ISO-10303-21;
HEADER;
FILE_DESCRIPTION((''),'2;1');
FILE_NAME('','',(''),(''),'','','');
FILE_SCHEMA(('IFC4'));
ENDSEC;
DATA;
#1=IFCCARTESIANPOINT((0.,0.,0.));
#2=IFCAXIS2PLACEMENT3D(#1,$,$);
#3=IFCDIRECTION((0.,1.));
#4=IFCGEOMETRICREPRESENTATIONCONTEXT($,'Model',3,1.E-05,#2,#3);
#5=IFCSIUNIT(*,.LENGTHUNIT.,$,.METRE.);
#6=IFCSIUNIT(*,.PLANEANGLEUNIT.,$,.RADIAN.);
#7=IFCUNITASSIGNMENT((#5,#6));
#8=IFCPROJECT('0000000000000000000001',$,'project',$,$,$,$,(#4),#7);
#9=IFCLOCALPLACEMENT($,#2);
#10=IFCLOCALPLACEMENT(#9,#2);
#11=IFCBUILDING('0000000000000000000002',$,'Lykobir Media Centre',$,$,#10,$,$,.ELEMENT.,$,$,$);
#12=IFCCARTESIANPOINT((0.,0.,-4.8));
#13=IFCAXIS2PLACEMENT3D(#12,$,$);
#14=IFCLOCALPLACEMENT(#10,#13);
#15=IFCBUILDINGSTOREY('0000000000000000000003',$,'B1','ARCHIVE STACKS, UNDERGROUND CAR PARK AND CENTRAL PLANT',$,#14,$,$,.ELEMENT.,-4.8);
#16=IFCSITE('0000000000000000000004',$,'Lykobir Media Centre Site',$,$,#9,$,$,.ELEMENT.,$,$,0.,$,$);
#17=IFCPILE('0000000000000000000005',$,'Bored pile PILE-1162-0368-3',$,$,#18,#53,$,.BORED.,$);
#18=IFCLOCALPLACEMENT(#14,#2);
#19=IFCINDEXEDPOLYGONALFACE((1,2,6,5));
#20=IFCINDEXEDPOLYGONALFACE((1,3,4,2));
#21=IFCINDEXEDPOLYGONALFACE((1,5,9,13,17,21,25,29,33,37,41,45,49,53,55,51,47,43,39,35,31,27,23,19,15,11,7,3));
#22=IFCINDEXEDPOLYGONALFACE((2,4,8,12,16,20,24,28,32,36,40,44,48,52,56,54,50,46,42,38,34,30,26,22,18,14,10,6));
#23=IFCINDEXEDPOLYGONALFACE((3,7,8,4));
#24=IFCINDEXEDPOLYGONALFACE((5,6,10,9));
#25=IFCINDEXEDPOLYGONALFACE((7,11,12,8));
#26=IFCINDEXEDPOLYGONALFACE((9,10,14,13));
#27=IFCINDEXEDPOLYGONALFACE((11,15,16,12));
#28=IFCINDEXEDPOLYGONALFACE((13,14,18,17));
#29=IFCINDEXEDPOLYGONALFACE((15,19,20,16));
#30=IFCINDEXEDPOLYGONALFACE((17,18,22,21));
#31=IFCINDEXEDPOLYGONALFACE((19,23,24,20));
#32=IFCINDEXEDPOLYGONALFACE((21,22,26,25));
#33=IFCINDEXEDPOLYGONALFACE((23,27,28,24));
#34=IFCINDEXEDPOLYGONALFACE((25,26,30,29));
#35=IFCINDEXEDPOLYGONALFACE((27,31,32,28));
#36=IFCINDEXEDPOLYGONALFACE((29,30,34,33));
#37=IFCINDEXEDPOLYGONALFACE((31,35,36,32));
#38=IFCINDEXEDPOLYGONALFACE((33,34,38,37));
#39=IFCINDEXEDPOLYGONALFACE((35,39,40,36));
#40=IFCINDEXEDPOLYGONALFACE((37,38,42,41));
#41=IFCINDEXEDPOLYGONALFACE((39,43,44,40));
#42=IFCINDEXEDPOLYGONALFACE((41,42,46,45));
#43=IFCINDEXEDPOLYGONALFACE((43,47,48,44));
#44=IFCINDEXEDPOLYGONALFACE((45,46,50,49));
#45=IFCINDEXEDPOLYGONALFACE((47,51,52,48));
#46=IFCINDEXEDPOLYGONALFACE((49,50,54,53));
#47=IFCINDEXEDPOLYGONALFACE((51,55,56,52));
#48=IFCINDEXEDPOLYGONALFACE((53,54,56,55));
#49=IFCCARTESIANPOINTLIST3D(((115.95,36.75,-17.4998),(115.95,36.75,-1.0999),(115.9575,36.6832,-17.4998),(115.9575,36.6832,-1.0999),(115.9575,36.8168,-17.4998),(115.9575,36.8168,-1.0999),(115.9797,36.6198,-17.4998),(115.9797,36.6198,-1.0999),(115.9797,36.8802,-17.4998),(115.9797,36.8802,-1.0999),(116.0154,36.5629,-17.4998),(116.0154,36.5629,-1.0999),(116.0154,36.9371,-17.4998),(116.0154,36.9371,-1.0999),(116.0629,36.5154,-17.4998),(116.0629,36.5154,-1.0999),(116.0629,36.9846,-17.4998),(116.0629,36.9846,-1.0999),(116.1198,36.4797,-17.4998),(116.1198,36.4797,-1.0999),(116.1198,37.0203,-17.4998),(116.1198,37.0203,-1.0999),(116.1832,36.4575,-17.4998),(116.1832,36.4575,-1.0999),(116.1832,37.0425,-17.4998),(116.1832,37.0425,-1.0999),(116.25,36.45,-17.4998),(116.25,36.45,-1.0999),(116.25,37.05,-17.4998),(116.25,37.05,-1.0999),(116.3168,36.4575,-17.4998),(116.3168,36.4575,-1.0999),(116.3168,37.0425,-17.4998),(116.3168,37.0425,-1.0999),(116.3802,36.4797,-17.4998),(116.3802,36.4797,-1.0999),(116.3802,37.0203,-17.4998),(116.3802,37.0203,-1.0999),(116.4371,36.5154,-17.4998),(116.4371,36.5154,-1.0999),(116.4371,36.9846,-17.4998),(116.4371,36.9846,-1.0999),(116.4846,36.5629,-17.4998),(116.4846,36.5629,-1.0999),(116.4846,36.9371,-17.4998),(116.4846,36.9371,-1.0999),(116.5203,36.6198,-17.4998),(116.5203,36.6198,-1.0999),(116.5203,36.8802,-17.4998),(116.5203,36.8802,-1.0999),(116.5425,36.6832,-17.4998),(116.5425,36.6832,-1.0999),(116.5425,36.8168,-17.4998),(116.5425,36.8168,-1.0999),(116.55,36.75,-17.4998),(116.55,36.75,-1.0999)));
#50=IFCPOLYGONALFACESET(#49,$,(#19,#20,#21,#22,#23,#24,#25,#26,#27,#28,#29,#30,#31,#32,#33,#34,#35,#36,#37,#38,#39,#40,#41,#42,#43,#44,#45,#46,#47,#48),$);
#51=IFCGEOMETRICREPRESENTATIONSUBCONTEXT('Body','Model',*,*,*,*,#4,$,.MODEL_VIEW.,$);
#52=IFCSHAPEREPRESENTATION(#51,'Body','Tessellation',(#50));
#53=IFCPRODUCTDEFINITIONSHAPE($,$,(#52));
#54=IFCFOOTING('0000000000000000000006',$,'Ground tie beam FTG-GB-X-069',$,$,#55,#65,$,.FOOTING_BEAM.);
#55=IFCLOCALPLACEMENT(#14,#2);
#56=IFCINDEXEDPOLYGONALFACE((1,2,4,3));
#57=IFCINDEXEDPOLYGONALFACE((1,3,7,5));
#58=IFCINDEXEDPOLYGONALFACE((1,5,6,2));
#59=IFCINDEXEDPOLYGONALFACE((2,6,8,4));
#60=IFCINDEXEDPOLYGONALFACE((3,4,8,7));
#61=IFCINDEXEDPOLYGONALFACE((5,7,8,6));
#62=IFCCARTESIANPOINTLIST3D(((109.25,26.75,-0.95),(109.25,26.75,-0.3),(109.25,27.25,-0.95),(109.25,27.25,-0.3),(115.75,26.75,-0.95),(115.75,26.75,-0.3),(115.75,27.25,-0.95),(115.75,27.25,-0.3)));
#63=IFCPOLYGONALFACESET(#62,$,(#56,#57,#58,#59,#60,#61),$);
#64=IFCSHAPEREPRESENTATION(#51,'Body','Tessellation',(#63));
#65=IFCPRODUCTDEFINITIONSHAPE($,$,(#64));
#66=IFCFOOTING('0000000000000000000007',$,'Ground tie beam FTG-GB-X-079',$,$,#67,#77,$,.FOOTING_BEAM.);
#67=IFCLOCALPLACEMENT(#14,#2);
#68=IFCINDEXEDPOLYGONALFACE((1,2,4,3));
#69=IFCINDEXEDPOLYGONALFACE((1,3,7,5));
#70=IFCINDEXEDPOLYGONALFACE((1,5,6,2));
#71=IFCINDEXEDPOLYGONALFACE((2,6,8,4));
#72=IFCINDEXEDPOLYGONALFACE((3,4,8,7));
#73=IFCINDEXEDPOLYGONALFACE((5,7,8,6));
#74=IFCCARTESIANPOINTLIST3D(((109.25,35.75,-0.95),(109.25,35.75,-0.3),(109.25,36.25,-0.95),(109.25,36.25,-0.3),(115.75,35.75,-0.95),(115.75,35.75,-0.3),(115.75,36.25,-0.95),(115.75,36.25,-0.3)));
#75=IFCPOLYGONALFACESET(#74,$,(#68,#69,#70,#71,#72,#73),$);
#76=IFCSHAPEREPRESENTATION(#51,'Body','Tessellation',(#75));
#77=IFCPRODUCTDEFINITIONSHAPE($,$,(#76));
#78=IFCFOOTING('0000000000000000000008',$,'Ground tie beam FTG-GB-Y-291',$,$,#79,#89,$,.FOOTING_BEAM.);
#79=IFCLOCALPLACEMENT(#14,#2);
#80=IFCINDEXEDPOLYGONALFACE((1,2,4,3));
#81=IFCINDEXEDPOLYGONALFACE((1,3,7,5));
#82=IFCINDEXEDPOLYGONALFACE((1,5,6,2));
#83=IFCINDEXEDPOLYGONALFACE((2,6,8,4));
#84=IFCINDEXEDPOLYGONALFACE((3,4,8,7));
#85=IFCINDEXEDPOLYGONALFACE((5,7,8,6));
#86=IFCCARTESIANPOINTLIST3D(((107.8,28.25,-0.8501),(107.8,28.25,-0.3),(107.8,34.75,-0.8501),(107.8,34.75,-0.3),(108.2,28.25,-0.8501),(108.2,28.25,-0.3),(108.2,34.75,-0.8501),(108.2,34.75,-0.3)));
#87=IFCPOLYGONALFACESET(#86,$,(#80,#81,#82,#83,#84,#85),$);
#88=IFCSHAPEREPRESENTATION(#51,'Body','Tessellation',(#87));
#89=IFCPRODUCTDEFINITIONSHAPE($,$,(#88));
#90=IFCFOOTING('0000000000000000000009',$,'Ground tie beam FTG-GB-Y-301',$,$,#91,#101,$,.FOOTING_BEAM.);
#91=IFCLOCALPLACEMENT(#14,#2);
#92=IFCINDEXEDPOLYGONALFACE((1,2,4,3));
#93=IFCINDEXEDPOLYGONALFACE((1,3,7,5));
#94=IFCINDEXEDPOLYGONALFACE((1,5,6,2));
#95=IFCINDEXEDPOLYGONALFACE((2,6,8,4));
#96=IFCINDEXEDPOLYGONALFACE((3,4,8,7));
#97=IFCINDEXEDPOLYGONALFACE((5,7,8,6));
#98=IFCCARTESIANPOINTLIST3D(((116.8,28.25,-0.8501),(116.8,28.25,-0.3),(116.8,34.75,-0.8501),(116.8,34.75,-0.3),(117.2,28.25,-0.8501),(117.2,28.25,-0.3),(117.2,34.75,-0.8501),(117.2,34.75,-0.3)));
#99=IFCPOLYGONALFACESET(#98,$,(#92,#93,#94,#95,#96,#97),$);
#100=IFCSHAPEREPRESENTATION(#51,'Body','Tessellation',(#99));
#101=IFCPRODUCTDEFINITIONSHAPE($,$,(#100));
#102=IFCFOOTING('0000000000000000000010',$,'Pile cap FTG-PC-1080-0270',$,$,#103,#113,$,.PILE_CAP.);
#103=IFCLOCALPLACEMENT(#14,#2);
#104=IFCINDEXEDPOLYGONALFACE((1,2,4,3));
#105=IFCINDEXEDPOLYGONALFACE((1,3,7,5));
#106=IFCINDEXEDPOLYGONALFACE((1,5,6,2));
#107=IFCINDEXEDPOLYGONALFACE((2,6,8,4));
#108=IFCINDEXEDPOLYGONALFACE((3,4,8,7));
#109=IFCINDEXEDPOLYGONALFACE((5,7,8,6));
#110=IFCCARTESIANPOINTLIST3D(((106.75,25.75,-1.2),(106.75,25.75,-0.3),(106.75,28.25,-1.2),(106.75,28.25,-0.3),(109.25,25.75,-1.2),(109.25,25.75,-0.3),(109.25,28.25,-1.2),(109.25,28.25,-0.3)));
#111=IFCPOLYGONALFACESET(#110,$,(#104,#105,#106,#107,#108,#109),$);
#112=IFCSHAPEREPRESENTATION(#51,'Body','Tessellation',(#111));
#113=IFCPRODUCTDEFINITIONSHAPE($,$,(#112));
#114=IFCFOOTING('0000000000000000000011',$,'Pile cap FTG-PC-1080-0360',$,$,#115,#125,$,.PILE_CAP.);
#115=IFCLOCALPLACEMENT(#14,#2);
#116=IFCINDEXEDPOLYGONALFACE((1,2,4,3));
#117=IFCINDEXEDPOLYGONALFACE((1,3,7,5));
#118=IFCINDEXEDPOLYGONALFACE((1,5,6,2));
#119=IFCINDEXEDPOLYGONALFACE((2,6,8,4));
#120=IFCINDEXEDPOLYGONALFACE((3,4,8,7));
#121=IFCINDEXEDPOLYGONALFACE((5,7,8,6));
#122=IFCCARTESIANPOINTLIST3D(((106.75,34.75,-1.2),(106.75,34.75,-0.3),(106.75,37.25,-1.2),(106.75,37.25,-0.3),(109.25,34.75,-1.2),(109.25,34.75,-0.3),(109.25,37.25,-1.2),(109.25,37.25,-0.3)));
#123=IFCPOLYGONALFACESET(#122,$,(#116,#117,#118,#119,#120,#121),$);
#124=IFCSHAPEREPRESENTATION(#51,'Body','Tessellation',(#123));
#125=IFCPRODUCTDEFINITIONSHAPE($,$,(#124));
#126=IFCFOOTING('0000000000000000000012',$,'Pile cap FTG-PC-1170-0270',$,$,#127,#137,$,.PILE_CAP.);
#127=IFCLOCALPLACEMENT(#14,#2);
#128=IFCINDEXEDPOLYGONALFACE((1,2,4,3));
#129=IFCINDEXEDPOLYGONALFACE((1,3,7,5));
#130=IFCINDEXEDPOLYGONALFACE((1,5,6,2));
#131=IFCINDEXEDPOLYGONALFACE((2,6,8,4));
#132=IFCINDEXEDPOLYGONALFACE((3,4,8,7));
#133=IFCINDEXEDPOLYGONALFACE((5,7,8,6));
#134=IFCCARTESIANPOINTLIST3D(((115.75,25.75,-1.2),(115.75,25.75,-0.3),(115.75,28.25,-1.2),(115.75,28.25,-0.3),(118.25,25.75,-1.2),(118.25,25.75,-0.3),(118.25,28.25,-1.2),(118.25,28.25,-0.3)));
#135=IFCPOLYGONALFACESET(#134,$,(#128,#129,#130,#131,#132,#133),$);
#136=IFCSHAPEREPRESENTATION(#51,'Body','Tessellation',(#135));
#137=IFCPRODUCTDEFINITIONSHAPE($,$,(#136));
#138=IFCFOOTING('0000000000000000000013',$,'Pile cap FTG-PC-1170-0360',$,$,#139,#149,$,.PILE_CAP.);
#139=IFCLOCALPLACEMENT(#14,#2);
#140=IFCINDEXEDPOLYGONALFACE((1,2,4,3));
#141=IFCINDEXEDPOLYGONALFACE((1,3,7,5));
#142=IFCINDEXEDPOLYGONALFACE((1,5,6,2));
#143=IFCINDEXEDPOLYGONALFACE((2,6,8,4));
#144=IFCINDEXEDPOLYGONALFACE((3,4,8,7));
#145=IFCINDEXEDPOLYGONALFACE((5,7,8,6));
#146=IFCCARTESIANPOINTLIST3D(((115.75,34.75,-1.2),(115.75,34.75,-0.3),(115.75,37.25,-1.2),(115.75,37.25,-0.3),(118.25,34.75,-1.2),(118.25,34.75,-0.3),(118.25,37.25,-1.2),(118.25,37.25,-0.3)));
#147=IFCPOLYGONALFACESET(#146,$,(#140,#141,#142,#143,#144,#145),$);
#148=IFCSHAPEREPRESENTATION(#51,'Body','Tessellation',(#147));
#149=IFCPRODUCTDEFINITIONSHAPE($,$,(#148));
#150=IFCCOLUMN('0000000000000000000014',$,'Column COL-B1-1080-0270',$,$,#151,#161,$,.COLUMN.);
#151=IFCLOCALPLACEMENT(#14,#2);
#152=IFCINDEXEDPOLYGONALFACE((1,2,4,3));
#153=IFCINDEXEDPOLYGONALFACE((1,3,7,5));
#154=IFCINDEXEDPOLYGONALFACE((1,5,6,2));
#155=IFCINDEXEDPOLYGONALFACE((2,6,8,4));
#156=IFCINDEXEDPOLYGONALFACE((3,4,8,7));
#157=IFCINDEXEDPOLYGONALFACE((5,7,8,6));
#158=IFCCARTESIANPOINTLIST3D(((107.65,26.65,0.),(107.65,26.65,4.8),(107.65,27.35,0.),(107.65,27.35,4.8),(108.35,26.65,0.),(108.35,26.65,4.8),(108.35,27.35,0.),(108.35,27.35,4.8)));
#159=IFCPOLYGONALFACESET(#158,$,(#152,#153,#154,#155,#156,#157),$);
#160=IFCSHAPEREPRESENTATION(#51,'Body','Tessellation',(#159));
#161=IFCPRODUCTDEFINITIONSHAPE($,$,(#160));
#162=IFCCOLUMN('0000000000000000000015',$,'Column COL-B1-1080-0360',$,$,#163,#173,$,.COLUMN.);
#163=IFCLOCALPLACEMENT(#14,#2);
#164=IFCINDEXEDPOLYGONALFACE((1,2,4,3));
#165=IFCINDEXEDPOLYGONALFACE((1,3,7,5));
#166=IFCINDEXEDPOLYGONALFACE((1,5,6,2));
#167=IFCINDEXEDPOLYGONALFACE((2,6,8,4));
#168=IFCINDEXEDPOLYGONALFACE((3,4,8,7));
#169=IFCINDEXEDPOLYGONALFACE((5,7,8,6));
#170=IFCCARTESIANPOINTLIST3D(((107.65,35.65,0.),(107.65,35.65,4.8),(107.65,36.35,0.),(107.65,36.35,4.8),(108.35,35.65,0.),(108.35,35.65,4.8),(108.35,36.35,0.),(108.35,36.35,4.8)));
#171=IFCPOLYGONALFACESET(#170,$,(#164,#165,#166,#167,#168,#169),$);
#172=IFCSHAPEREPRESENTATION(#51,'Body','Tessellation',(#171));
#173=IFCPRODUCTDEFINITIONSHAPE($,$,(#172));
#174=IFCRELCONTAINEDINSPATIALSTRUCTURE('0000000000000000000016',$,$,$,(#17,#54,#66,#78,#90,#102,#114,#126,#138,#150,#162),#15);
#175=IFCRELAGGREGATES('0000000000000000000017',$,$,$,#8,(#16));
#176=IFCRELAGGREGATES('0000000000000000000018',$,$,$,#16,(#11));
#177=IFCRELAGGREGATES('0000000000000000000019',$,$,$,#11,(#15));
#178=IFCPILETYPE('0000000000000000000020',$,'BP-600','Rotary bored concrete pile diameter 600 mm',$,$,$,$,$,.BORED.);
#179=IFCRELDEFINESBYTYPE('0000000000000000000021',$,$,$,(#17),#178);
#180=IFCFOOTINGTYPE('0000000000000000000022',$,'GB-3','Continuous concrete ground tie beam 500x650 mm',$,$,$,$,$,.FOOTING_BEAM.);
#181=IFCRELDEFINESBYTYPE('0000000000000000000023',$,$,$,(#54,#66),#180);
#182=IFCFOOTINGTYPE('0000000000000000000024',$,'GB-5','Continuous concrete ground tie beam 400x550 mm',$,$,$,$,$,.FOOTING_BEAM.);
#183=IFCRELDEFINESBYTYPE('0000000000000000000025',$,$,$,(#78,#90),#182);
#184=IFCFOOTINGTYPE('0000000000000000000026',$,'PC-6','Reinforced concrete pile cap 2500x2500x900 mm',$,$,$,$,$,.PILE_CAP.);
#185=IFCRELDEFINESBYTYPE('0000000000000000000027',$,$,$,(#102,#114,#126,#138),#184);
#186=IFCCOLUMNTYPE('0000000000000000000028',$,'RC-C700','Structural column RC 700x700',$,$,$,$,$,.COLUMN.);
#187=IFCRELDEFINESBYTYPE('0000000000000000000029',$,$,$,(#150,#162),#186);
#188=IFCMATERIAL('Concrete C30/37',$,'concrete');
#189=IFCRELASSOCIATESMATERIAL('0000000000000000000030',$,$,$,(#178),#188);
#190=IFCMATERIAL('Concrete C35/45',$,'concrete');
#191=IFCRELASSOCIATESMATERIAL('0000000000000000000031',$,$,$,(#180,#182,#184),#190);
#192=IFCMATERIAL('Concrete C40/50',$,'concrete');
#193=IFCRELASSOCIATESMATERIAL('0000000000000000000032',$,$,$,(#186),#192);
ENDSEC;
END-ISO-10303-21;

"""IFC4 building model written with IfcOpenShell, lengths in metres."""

from ifc_helpers import new_model, si_unit, direction, frame, origin, origin_2d, place, context, subcontext, project, spatial, rectangle, circle, extrude, material, material_profile, profile_set, type_object, element, save


model = new_model("IFC4")

# Units and contexts
model_context = context("Model", 3, precision=1e-05, world=origin(), true_north=direction((0.0, 1.0)))
body_context = subcontext(model_context, "Body", "Model", "MODEL_VIEW")
ifc_project = project(units=[si_unit("LENGTHUNIT", "METRE"), si_unit("PLANEANGLEUNIT", "RADIAN")], contexts=[model_context])

# Site, building, storey
site_placement = place(None, origin())
site = spatial("IfcSite", under=ifc_project, at=site_placement, Name="Lykobir Media Centre Site", CompositionType="ELEMENT", RefElevation=0.0)
building_placement = place(site_placement, origin())
building = spatial("IfcBuilding", under=site, at=building_placement, Name="Lykobir Media Centre", CompositionType="ELEMENT")
storey_placement = place(building_placement, frame((0.0, 0.0, -4.8)))
storey = spatial("IfcBuildingStorey", under=building, at=storey_placement, Name="B1", Description="ARCHIVE STACKS, UNDERGROUND CAR PARK AND CENTRAL PLANT", CompositionType="ELEMENT", Elevation=-4.8)

# Pile
ifc_material_1 = material(Name="Concrete C30/37", Category="concrete")
ifc_material_profile_1 = material_profile(ifc_material_1, circle(Radius=0.3, at=origin_2d()), Name="BORED PILE D600")
ifc_profile_set_1 = profile_set([ifc_material_profile_1], Name="Concrete C30/37")
pile_type = type_object("IfcPileType", Name="BP-600", Description="Rotary bored concrete pile diameter 600 mm", PredefinedType="BORED", material=ifc_profile_set_1)
for number, where, z_axis, x_axis, name in (
    (1, (116.25, 36.75, -1.0999), (0.0, 0.0, -1.0), (1.0, 0.0, 0.0), "Bored pile PILE-1162-0368-3"),
):
    element("IfcPile", number, at=place(storey_placement, frame(where, z_axis=z_axis, x_axis=x_axis)), inside=storey, type_object=pile_type, Name=name, PredefinedType="BORED", context=body_context, shape_type="SweptSolid", body=[
        extrude(circle(Radius=0.3, at=origin_2d()), origin(), (0.0, 0.0, 1.0), 16.3999),
    ])

# Footings
ifc_material_2 = material(Name="Concrete C35/45", Category="concrete")
footing_type_1 = type_object("IfcFootingType", Name="GB-3", Description="Continuous concrete ground tie beam 500x650 mm", PredefinedType="FOOTING_BEAM", material=ifc_material_2)
for number, where, z_axis, x_axis, name in (
    (2, (112.5, 27.0, -0.95), (0.0, 0.0, 1.0), (1.0, 0.0, 0.0), "Ground tie beam FTG-GB-X-069"),
    (3, (112.5, 36.0, -0.95), (0.0, 0.0, 1.0), (1.0, 0.0, 0.0), "Ground tie beam FTG-GB-X-079"),
):
    element("IfcFooting", number, at=place(storey_placement, frame(where, z_axis=z_axis, x_axis=x_axis)), inside=storey, type_object=footing_type_1, Name=name, PredefinedType="FOOTING_BEAM", context=body_context, shape_type="SweptSolid", body=[
        extrude(rectangle(XDim=6.5, YDim=0.5, at=origin_2d()), origin(), (0.0, 0.0, 1.0), 0.6499),
    ])
footing_type_2 = type_object("IfcFootingType", Name="GB-5", Description="Continuous concrete ground tie beam 400x550 mm", PredefinedType="FOOTING_BEAM", material=ifc_material_2)
for number, where, z_axis, x_axis, name in (
    (4, (108.0, 31.5, -0.8501), (0.0, 0.0, 1.0), (0.0, 1.0, 0.0), "Ground tie beam FTG-GB-Y-291"),
    (5, (117.0, 31.5, -0.8501), (0.0, 0.0, 1.0), (0.0, 1.0, 0.0), "Ground tie beam FTG-GB-Y-301"),
):
    element("IfcFooting", number, at=place(storey_placement, frame(where, z_axis=z_axis, x_axis=x_axis)), inside=storey, type_object=footing_type_2, Name=name, PredefinedType="FOOTING_BEAM", context=body_context, shape_type="SweptSolid", body=[
        extrude(rectangle(XDim=6.5, YDim=0.3999, at=origin_2d()), origin(), (0.0, 0.0, 1.0), 0.55),
    ])
footing_type_3 = type_object("IfcFootingType", Name="PC-6", Description="Reinforced concrete pile cap 2500x2500x900 mm", PredefinedType="PILE_CAP", material=ifc_material_2)
for number, where, z_axis, x_axis, name in (
    (6, (108.0, 27.0, -1.2), (0.0, 0.0, 1.0), (1.0, 0.0, 0.0), "Pile cap FTG-PC-1080-0270"),
    (7, (108.0, 36.0, -1.2), (0.0, 0.0, 1.0), (1.0, 0.0, 0.0), "Pile cap FTG-PC-1080-0360"),
    (8, (117.0, 27.0, -1.2), (0.0, 0.0, 1.0), (1.0, 0.0, 0.0), "Pile cap FTG-PC-1170-0270"),
    (9, (117.0, 36.0, -1.2), (0.0, 0.0, 1.0), (1.0, 0.0, 0.0), "Pile cap FTG-PC-1170-0360"),
):
    element("IfcFooting", number, at=place(storey_placement, frame(where, z_axis=z_axis, x_axis=x_axis)), inside=storey, type_object=footing_type_3, Name=name, PredefinedType="PILE_CAP", context=body_context, shape_type="SweptSolid", body=[
        extrude(rectangle(XDim=2.5, YDim=2.5, at=origin_2d()), origin(), (0.0, 0.0, 1.0), 0.8999),
    ])

# Columns
ifc_material_3 = material(Name="Concrete C40/50", Category="concrete")
ifc_material_profile_2 = material_profile(ifc_material_3, rectangle(XDim=0.7, YDim=0.7, at=origin_2d()), Name="RC 700x700")
ifc_profile_set_2 = profile_set([ifc_material_profile_2], Name="Concrete C40/50")
column_type_1 = type_object("IfcColumnType", Name="RC-C700", Description="Structural column RC 700x700", PredefinedType="COLUMN", material=ifc_profile_set_2)
for number, where, z_axis, x_axis, name in (
    (10, (108.0, 27.0, 0.0), (0.0, 0.0, 1.0), (1.0, 0.0, 0.0), "Column COL-B1-1080-0270"),
    (11, (108.0, 36.0, 0.0), (0.0, 0.0, 1.0), (1.0, 0.0, 0.0), "Column COL-B1-1080-0360"),
):
    element("IfcColumn", number, at=place(storey_placement, frame(where, z_axis=z_axis, x_axis=x_axis)), inside=storey, type_object=column_type_1, Name=name, PredefinedType="COLUMN", context=body_context, shape_type="SweptSolid", body=[
        extrude(rectangle(XDim=0.7, YDim=0.7, at=origin_2d()), origin(), (0.0, 0.0, 1.0), 4.8),
    ])

save(model, "model.ifc")
